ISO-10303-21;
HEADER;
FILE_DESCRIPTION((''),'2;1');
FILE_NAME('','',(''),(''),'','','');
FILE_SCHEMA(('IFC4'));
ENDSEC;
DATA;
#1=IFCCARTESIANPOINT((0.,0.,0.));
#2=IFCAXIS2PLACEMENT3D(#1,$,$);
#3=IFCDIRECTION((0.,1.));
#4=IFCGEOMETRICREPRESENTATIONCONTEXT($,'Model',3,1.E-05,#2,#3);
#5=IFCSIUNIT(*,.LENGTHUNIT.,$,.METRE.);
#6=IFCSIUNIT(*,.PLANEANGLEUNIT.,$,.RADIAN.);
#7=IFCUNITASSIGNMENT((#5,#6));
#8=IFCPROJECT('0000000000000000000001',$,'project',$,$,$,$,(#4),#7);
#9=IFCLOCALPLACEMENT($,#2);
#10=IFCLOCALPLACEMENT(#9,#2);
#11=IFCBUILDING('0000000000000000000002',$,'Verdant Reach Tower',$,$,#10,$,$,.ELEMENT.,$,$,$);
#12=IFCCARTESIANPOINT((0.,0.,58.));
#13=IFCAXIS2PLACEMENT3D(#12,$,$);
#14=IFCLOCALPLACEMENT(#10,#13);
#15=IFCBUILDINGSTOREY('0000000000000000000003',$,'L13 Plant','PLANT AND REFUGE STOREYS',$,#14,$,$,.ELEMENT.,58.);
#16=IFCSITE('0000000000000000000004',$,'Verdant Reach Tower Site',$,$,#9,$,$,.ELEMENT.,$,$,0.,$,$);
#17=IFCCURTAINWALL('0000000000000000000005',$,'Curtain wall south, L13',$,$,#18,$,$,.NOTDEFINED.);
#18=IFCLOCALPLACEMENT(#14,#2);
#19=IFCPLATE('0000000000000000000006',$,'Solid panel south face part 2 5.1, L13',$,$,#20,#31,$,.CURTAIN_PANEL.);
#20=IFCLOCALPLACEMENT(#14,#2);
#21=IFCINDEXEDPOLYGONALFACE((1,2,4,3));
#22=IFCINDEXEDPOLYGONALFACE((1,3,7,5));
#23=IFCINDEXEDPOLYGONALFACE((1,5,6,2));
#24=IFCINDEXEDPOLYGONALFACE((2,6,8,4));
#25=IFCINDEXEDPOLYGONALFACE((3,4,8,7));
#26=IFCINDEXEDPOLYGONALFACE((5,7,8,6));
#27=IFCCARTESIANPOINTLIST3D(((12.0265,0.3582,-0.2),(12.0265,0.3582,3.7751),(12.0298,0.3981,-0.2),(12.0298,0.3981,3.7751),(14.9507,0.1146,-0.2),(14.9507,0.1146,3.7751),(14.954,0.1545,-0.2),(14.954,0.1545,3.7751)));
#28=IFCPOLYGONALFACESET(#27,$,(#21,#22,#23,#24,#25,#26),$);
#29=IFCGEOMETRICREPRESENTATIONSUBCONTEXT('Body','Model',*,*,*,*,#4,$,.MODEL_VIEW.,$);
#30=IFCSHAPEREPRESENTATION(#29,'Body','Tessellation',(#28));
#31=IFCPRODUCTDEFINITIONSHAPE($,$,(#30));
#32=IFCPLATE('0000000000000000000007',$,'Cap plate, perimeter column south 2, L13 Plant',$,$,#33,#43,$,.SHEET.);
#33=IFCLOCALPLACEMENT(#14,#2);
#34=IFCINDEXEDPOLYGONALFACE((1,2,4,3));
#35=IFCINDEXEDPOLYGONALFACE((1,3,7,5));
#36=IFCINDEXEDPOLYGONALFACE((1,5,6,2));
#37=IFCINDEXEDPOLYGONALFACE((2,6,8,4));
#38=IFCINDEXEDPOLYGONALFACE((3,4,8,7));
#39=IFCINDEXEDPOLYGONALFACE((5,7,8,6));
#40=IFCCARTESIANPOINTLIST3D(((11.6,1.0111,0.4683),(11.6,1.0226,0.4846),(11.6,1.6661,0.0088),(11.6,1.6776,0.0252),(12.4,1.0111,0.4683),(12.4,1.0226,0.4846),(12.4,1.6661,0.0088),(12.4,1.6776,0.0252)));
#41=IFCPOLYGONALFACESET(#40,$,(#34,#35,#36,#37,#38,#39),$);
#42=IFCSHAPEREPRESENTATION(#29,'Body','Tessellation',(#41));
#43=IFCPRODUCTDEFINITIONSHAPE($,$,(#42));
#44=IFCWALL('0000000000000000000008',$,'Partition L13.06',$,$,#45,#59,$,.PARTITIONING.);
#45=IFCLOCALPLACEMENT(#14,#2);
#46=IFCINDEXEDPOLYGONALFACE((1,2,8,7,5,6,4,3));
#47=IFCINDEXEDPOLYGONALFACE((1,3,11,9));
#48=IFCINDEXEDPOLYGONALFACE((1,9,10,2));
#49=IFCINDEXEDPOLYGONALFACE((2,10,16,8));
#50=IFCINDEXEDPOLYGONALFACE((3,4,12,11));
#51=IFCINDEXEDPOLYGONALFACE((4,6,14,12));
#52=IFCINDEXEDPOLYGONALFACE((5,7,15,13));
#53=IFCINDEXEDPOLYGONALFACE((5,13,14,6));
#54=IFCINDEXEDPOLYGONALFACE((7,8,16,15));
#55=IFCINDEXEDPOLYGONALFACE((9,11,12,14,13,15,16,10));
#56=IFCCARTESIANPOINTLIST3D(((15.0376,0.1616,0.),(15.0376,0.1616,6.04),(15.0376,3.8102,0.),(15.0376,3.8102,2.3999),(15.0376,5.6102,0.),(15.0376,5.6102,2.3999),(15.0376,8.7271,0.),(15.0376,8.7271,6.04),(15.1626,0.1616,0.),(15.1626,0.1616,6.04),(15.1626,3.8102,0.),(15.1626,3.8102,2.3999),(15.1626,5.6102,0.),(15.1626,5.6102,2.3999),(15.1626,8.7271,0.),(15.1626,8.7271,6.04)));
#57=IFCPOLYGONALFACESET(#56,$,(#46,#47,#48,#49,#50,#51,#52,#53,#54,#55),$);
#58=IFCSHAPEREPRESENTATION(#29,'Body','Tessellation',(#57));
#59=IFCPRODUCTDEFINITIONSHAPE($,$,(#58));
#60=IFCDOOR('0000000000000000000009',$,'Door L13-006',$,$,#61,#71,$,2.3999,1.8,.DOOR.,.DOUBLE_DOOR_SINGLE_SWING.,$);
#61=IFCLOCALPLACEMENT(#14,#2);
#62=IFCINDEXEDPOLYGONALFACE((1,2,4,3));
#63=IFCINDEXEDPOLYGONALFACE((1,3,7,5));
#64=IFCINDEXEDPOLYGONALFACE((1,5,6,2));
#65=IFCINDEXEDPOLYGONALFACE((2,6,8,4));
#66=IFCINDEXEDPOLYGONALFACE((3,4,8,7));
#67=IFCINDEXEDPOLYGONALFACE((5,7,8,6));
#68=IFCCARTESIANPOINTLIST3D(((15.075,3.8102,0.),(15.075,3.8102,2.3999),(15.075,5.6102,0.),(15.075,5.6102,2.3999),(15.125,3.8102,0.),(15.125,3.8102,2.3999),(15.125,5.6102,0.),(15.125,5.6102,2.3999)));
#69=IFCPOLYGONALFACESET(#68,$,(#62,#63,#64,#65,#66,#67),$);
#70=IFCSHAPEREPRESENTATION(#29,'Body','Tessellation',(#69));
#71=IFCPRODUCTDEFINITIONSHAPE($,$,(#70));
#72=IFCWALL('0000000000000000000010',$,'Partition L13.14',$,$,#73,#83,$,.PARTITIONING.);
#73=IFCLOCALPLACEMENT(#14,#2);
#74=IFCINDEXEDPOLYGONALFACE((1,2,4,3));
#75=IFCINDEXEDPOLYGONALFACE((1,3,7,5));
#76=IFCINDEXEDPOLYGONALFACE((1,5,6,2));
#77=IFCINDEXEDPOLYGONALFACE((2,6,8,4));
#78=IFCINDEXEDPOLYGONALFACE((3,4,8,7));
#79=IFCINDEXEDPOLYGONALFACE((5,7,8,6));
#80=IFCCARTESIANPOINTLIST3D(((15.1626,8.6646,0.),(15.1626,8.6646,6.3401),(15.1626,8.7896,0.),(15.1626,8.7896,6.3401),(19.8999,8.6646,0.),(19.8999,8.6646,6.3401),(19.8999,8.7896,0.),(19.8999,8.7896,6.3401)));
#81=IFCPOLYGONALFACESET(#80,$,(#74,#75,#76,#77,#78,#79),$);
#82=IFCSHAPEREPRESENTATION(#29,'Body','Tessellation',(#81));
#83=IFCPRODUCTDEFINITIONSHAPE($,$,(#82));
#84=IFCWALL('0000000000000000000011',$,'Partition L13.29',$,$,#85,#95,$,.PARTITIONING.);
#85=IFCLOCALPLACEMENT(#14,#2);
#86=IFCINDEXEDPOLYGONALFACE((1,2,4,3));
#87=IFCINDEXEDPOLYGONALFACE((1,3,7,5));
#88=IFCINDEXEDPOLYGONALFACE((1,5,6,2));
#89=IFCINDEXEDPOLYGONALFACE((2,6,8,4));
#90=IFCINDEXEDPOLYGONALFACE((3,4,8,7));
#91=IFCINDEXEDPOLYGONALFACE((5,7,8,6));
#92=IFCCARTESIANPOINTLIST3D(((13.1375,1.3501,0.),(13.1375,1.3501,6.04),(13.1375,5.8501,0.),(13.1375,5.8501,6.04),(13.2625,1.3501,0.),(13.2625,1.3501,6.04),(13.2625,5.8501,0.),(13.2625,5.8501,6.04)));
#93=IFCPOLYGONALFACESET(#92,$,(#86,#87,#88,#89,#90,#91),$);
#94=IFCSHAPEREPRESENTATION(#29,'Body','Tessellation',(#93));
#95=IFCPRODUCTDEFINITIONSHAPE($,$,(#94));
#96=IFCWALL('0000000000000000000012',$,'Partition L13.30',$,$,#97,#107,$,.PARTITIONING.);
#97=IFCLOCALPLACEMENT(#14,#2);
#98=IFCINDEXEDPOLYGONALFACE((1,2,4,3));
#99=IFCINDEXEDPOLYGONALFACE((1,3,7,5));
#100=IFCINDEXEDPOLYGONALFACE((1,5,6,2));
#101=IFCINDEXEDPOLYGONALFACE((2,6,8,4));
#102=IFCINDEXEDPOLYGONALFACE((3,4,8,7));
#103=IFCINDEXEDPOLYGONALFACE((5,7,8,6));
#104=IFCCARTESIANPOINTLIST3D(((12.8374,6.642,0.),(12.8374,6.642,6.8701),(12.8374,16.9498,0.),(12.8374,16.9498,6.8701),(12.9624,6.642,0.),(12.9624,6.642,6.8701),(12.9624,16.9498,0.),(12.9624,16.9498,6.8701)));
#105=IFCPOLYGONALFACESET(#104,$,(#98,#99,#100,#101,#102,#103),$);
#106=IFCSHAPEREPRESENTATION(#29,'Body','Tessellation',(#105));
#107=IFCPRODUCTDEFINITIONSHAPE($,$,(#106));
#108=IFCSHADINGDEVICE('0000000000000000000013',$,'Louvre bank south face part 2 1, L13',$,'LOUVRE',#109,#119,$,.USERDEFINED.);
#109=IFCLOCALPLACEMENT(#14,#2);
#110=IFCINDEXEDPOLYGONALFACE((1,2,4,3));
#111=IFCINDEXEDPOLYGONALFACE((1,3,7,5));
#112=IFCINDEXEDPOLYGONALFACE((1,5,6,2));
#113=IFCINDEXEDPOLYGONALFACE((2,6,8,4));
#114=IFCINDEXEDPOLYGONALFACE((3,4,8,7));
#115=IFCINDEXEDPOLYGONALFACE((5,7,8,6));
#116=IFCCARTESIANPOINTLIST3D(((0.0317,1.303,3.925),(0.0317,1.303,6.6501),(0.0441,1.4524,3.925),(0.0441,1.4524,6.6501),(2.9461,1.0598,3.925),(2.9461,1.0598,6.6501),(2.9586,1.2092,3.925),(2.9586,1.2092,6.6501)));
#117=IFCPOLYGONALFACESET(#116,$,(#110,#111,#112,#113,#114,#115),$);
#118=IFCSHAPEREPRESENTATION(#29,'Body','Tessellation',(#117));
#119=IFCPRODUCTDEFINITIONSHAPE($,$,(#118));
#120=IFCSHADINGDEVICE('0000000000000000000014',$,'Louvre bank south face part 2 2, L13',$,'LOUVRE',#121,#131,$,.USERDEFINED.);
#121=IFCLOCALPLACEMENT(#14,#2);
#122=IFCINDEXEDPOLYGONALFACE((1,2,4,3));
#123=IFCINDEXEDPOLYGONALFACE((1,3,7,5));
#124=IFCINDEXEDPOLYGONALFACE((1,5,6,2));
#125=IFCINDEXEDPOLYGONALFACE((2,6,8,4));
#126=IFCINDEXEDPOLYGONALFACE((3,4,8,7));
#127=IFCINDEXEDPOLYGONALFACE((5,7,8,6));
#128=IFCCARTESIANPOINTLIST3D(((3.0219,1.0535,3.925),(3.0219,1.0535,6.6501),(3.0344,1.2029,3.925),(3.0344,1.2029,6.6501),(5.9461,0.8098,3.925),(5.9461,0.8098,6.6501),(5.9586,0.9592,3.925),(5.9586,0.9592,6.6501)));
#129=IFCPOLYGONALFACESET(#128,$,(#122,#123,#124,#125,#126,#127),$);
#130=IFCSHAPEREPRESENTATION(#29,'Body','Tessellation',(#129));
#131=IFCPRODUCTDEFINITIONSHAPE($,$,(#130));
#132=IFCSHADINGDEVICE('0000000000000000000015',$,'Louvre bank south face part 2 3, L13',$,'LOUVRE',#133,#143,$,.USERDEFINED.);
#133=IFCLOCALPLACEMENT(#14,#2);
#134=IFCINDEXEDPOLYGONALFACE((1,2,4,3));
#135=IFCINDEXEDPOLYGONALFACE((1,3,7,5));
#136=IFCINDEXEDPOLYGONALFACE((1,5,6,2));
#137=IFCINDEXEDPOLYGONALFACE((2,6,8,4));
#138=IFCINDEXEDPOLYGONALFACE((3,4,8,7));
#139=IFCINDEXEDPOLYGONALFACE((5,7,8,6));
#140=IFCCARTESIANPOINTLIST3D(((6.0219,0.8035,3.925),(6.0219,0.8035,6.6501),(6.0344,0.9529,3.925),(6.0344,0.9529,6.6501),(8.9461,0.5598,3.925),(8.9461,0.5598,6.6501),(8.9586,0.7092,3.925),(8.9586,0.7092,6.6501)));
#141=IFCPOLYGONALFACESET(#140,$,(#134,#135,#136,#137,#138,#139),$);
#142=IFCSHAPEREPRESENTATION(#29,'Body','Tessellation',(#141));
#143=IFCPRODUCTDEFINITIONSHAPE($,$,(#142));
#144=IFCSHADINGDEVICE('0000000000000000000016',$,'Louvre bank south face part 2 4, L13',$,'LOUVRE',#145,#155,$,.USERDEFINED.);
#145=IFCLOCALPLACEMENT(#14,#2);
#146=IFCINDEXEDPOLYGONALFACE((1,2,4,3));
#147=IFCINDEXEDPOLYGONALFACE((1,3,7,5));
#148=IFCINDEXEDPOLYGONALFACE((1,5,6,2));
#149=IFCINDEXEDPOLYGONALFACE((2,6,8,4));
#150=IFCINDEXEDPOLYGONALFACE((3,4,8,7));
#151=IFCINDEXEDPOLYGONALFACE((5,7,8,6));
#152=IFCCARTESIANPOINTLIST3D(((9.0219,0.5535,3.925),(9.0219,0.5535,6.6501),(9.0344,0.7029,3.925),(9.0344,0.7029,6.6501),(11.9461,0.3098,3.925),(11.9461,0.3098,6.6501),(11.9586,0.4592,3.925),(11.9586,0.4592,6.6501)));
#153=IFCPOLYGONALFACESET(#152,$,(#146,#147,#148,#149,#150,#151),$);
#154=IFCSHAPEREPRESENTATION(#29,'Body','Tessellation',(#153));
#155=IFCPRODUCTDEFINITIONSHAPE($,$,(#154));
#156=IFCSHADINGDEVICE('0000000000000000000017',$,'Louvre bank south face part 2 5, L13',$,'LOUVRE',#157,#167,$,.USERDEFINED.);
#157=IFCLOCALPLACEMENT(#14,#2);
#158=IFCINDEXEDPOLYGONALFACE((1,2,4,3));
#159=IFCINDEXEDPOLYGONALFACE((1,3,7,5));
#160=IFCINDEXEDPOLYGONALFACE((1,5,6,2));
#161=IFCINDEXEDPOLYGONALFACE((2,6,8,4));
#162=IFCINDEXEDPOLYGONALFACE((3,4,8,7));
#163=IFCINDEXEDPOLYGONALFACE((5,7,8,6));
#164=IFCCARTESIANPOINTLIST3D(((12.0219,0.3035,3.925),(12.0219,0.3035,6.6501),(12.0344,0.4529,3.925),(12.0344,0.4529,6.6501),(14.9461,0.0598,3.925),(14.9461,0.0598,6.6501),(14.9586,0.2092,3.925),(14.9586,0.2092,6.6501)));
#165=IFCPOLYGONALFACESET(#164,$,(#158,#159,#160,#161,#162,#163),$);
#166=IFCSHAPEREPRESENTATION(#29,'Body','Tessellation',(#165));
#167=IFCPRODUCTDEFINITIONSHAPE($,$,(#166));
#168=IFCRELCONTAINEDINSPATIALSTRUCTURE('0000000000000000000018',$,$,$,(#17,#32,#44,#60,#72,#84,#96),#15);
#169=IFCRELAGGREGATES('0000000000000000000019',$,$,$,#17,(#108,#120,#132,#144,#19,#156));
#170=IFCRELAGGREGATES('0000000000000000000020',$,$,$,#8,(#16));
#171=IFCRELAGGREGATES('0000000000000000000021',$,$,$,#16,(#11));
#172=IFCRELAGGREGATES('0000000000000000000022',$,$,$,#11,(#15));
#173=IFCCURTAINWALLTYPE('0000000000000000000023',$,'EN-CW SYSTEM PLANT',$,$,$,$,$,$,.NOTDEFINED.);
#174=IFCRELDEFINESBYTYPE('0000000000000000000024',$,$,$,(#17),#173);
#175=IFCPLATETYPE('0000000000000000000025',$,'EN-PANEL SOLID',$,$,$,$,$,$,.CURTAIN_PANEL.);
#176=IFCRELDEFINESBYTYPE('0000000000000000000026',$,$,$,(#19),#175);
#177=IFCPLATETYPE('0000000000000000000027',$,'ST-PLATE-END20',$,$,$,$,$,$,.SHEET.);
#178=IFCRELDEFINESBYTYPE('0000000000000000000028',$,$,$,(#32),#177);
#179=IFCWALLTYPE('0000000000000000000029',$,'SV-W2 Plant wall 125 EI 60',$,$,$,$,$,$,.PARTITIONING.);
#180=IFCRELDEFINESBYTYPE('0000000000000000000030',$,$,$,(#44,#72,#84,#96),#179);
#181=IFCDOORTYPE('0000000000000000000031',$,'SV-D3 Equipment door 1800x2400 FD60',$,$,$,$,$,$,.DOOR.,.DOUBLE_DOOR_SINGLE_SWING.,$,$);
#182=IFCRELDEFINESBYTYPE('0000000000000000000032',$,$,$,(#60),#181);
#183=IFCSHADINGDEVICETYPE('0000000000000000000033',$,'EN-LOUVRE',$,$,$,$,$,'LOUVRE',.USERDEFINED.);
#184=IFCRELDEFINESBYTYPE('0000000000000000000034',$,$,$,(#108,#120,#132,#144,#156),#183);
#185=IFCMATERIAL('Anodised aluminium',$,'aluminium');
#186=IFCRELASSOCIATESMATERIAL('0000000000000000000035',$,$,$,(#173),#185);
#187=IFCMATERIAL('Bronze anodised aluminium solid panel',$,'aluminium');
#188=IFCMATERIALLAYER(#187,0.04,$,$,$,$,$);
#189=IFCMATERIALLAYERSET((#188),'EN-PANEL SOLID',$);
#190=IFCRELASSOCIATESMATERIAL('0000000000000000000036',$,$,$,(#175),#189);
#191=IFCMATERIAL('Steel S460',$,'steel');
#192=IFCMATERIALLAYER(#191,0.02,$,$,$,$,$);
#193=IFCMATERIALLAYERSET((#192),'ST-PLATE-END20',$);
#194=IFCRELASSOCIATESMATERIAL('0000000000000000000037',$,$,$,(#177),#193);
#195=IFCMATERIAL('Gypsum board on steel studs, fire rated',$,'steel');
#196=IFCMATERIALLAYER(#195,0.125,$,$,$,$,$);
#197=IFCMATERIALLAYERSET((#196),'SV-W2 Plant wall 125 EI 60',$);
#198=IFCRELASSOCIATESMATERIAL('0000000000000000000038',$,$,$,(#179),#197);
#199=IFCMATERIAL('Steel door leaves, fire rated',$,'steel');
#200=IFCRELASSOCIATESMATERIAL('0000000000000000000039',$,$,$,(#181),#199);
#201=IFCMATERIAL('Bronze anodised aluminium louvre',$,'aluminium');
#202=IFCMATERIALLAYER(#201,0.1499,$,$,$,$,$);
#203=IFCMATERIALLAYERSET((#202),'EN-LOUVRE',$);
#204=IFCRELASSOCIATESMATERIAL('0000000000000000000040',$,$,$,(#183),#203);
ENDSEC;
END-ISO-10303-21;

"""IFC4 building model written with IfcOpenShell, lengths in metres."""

from ifc_helpers import new_model, si_unit, direction, frame, frame_2d, origin, origin_2d, place, context, subcontext, project, spatial, rectangle, extrude, material, layer, layer_set, type_object, element, fill, aggregate, save


model = new_model("IFC4")

# Units and contexts
model_context = context("Model", 3, precision=1e-05, world=origin(), true_north=direction((0.0, 1.0)))
body_context = subcontext(model_context, "Body", "Model", "MODEL_VIEW")
ifc_project = project(units=[si_unit("LENGTHUNIT", "METRE"), si_unit("PLANEANGLEUNIT", "RADIAN")], contexts=[model_context])

# Site, building, storey
site_placement = place(None, origin())
site = spatial("IfcSite", under=ifc_project, at=site_placement, Name="Verdant Reach Tower Site", CompositionType="ELEMENT", RefElevation=0.0)
building_placement = place(site_placement, origin())
building = spatial("IfcBuilding", under=site, at=building_placement, Name="Verdant Reach Tower", CompositionType="ELEMENT")
storey_placement = place(building_placement, frame((0.0, 0.0, 58.0)))
storey = spatial("IfcBuildingStorey", under=building, at=storey_placement, Name="L13 Plant", Description="PLANT AND REFUGE STOREYS", CompositionType="ELEMENT", Elevation=58.0)

# Shared definitions
ifc_material_1 = material(Name="Steel S460", Category="steel")

# Curtain wall
ifc_material_2 = material(Name="Anodised aluminium", Category="aluminium")
curtain_wall_type = type_object("IfcCurtainWallType", Name="EN-CW SYSTEM PLANT", PredefinedType="NOTDEFINED", material=ifc_material_2)
curtain_wall_placement = place(storey_placement, origin())
curtain_wall = element("IfcCurtainWall", 1, at=curtain_wall_placement, inside=storey, type_object=curtain_wall_type, Name="Curtain wall south, L13", PredefinedType="NOTDEFINED")

# Plates
ifc_material_3 = material(Name="Bronze anodised aluminium solid panel", Category="aluminium")
ifc_layer_1 = layer(ifc_material_3, 0.04)
ifc_layer_set_1 = layer_set([ifc_layer_1], Name="EN-PANEL SOLID")
plate_type_1 = type_object("IfcPlateType", Name="EN-PANEL SOLID", PredefinedType="CURTAIN_PANEL", material=ifc_layer_set_1)
plate_1_placement = place(storey_placement, frame((13.4902, 0.2563, -0.2), z_axis=(0.0, 0.0, 1.0), x_axis=(0.996546, -0.083045, 0.0)))
plate_1 = element("IfcPlate", 2, at=plate_1_placement, type_object=plate_type_1, Name="Solid panel south face part 2 5.1, L13", PredefinedType="CURTAIN_PANEL", context=body_context, shape_type="SweptSolid", body=[
    extrude(rectangle(XDim=2.9343, YDim=0.04, at=origin_2d()), origin(), (0.0, 0.0, 1.0), 3.9751),
])
ifc_layer_2 = layer(ifc_material_1, 0.02)
ifc_layer_set_2 = layer_set([ifc_layer_2], Name="ST-PLATE-END20")
plate_type_2 = type_object("IfcPlateType", Name="ST-PLATE-END20", PredefinedType="SHEET", material=ifc_layer_set_2)
plate_2_placement = place(storey_placement, frame((12.0, 1.3386, 0.2385), z_axis=(0.0, 0.574282, 0.818657), x_axis=(-1.0, 0.0, 0.0)))
element("IfcPlate", 3, at=plate_2_placement, inside=storey, type_object=plate_type_2, Name="Cap plate, perimeter column south 2, L13 Plant", PredefinedType="SHEET", context=body_context, shape_type="SweptSolid", body=[
    extrude(rectangle(XDim=0.8, YDim=0.8, at=origin_2d()), origin(), (0.0, 0.0, 1.0), 0.02),
])

# Wall, opening, door
ifc_material_4 = material(Name="Gypsum board on steel studs, fire rated", Category="steel")
ifc_layer_3 = layer(ifc_material_4, 0.125)
ifc_layer_set_3 = layer_set([ifc_layer_3], Name="SV-W2 Plant wall 125 EI 60")
wall_type = type_object("IfcWallType", Name="SV-W2 Plant wall 125 EI 60", PredefinedType="PARTITIONING", material=ifc_layer_set_3)
wall_1_placement = place(storey_placement, frame((15.1001, 8.7271, 0.0), z_axis=(0.0, 0.0, 1.0), x_axis=(0.0, -1.0, 0.0)))
wall_1 = element("IfcWall", 4, at=wall_1_placement, inside=storey, type_object=wall_type, Name="Partition L13.06", PredefinedType="PARTITIONING", context=body_context, shape_type="SweptSolid", body=[
    extrude(rectangle(XDim=8.5654, YDim=0.125, at=frame_2d((4.2827, 0.0))), origin(), (0.0, 0.0, 1.0), 6.04),
])
opening_placement = place(wall_1_placement, frame((3.1169, 0.0, 0.0)))
opening = element("IfcOpeningElement", 5, at=opening_placement, cuts=wall_1, PredefinedType="OPENING", context=body_context, shape_type="SweptSolid", body=[
    extrude(rectangle(XDim=1.8, YDim=2.3999, at=frame_2d((0.8999, 1.2))), frame((0.0, 0.0725, 0.0), z_axis=(0.0, -1.0, 0.0), x_axis=(1.0, 0.0, 0.0)), (0.0, 0.0, 1.0), 0.145),
])
ifc_material_5 = material(Name="Steel door leaves, fire rated", Category="steel")
door_type = type_object("IfcDoorType", Name="SV-D3 Equipment door 1800x2400 FD60", OperationType="DOUBLE_DOOR_SINGLE_SWING", PredefinedType="DOOR", material=ifc_material_5)
door_placement = place(opening_placement, origin())
door = element("IfcDoor", 6, at=door_placement, inside=storey, type_object=door_type, Name="Door L13-006", OperationType="DOUBLE_DOOR_SINGLE_SWING", OverallHeight=2.3999, OverallWidth=1.8, PredefinedType="DOOR", context=body_context, shape_type="SweptSolid", body=[
    extrude(rectangle(XDim=1.8, YDim=2.3999, at=frame_2d((0.8999, 1.2))), frame((0.0, 0.0249, 0.0), z_axis=(0.0, -1.0, 0.0), x_axis=(1.0, 0.0, 0.0)), (0.0, 0.0, 1.0), 0.05),
])
fill(opening, door)

# Walls
wall_2_placement = place(storey_placement, frame((15.1626, 8.7271, 0.0), z_axis=(0.0, 0.0, 1.0), x_axis=(1.0, 0.0, 0.0)))
element("IfcWall", 7, at=wall_2_placement, inside=storey, type_object=wall_type, Name="Partition L13.14", PredefinedType="PARTITIONING", context=body_context, shape_type="SweptSolid", body=[
    extrude(rectangle(XDim=4.7373, YDim=0.125, at=frame_2d((2.3687, 0.0))), origin(), (0.0, 0.0, 1.0), 6.3401),
])
wall_3_placement = place(storey_placement, frame((13.2, 1.3501, 0.0), z_axis=(0.0, 0.0, 1.0), x_axis=(0.0, 1.0, 0.0)))
element("IfcWall", 8, at=wall_3_placement, inside=storey, type_object=wall_type, Name="Partition L13.29", PredefinedType="PARTITIONING", context=body_context, shape_type="SweptSolid", body=[
    extrude(rectangle(XDim=4.5, YDim=0.125, at=frame_2d((2.25, 0.0))), origin(), (0.0, 0.0, 1.0), 6.04),
])
wall_4_placement = place(storey_placement, frame((12.8999, 6.6421, 0.0), z_axis=(0.0, 0.0, 1.0), x_axis=(0.0, 1.0, 0.0)))
element("IfcWall", 9, at=wall_4_placement, inside=storey, type_object=wall_type, Name="Partition L13.30", PredefinedType="PARTITIONING", context=body_context, shape_type="SweptSolid", body=[
    extrude(rectangle(XDim=10.3079, YDim=0.125, at=frame_2d((5.1538, 0.0))), origin(), (0.0, 0.0, 1.0), 6.8701),
])

# Shading devices
ifc_material_6 = material(Name="Bronze anodised aluminium louvre", Category="aluminium")
ifc_layer_4 = layer(ifc_material_6, 0.1499)
ifc_layer_set_4 = layer_set([ifc_layer_4], Name="EN-LOUVRE")
shading_device_type = type_object("IfcShadingDeviceType", Name="EN-LOUVRE", ElementType="LOUVRE", PredefinedType="USERDEFINED", material=ifc_layer_set_4)
shading_device_1_placement = place(storey_placement, frame((1.4951, 1.2561, 3.925), z_axis=(0.0, 0.0, 1.0), x_axis=(0.996534, -0.083182, 0.0)))
shading_device_1 = element("IfcShadingDevice", 10, at=shading_device_1_placement, type_object=shading_device_type, Name="Louvre bank south face part 2 1, L13", ObjectType="LOUVRE", PredefinedType="USERDEFINED", context=body_context, shape_type="SweptSolid", body=[
    extrude(rectangle(XDim=2.9246, YDim=0.1499, at=origin_2d()), origin(), (0.0, 0.0, 1.0), 2.7251),
])
shading_device_2_placement = place(storey_placement, frame((4.4902, 1.0063, 3.925), z_axis=(0.0, 0.0, 1.0), x_axis=(0.996546, -0.083045, 0.0)))
shading_device_2 = element("IfcShadingDevice", 11, at=shading_device_2_placement, type_object=shading_device_type, Name="Louvre bank south face part 2 2, L13", ObjectType="LOUVRE", PredefinedType="USERDEFINED", context=body_context, shape_type="SweptSolid", body=[
    extrude(rectangle(XDim=2.9343, YDim=0.1499, at=origin_2d()), origin(), (0.0, 0.0, 1.0), 2.7251),
])
shading_device_3_placement = place(storey_placement, frame((7.4902, 0.7563, 3.925), z_axis=(0.0, 0.0, 1.0), x_axis=(0.996546, -0.083045, 0.0)))
shading_device_3 = element("IfcShadingDevice", 12, at=shading_device_3_placement, type_object=shading_device_type, Name="Louvre bank south face part 2 3, L13", ObjectType="LOUVRE", PredefinedType="USERDEFINED", context=body_context, shape_type="SweptSolid", body=[
    extrude(rectangle(XDim=2.9343, YDim=0.1499, at=origin_2d()), origin(), (0.0, 0.0, 1.0), 2.7251),
])
shading_device_4_placement = place(storey_placement, frame((10.4902, 0.5063, 3.925), z_axis=(0.0, 0.0, 1.0), x_axis=(0.996546, -0.083045, 0.0)))
shading_device_4 = element("IfcShadingDevice", 13, at=shading_device_4_placement, type_object=shading_device_type, Name="Louvre bank south face part 2 4, L13", ObjectType="LOUVRE", PredefinedType="USERDEFINED", context=body_context, shape_type="SweptSolid", body=[
    extrude(rectangle(XDim=2.9343, YDim=0.1499, at=origin_2d()), origin(), (0.0, 0.0, 1.0), 2.7251),
])
shading_device_5_placement = place(storey_placement, frame((13.4902, 0.2563, 3.925), z_axis=(0.0, 0.0, 1.0), x_axis=(0.996546, -0.083045, 0.0)))
shading_device_5 = element("IfcShadingDevice", 14, at=shading_device_5_placement, type_object=shading_device_type, Name="Louvre bank south face part 2 5, L13", ObjectType="LOUVRE", PredefinedType="USERDEFINED", context=body_context, shape_type="SweptSolid", body=[
    extrude(rectangle(XDim=2.9343, YDim=0.1499, at=origin_2d()), origin(), (0.0, 0.0, 1.0), 2.7251),
])
aggregate(curtain_wall, [shading_device_1, shading_device_2, shading_device_3, shading_device_4, plate_1, shading_device_5])

save(model, "model.ifc")
